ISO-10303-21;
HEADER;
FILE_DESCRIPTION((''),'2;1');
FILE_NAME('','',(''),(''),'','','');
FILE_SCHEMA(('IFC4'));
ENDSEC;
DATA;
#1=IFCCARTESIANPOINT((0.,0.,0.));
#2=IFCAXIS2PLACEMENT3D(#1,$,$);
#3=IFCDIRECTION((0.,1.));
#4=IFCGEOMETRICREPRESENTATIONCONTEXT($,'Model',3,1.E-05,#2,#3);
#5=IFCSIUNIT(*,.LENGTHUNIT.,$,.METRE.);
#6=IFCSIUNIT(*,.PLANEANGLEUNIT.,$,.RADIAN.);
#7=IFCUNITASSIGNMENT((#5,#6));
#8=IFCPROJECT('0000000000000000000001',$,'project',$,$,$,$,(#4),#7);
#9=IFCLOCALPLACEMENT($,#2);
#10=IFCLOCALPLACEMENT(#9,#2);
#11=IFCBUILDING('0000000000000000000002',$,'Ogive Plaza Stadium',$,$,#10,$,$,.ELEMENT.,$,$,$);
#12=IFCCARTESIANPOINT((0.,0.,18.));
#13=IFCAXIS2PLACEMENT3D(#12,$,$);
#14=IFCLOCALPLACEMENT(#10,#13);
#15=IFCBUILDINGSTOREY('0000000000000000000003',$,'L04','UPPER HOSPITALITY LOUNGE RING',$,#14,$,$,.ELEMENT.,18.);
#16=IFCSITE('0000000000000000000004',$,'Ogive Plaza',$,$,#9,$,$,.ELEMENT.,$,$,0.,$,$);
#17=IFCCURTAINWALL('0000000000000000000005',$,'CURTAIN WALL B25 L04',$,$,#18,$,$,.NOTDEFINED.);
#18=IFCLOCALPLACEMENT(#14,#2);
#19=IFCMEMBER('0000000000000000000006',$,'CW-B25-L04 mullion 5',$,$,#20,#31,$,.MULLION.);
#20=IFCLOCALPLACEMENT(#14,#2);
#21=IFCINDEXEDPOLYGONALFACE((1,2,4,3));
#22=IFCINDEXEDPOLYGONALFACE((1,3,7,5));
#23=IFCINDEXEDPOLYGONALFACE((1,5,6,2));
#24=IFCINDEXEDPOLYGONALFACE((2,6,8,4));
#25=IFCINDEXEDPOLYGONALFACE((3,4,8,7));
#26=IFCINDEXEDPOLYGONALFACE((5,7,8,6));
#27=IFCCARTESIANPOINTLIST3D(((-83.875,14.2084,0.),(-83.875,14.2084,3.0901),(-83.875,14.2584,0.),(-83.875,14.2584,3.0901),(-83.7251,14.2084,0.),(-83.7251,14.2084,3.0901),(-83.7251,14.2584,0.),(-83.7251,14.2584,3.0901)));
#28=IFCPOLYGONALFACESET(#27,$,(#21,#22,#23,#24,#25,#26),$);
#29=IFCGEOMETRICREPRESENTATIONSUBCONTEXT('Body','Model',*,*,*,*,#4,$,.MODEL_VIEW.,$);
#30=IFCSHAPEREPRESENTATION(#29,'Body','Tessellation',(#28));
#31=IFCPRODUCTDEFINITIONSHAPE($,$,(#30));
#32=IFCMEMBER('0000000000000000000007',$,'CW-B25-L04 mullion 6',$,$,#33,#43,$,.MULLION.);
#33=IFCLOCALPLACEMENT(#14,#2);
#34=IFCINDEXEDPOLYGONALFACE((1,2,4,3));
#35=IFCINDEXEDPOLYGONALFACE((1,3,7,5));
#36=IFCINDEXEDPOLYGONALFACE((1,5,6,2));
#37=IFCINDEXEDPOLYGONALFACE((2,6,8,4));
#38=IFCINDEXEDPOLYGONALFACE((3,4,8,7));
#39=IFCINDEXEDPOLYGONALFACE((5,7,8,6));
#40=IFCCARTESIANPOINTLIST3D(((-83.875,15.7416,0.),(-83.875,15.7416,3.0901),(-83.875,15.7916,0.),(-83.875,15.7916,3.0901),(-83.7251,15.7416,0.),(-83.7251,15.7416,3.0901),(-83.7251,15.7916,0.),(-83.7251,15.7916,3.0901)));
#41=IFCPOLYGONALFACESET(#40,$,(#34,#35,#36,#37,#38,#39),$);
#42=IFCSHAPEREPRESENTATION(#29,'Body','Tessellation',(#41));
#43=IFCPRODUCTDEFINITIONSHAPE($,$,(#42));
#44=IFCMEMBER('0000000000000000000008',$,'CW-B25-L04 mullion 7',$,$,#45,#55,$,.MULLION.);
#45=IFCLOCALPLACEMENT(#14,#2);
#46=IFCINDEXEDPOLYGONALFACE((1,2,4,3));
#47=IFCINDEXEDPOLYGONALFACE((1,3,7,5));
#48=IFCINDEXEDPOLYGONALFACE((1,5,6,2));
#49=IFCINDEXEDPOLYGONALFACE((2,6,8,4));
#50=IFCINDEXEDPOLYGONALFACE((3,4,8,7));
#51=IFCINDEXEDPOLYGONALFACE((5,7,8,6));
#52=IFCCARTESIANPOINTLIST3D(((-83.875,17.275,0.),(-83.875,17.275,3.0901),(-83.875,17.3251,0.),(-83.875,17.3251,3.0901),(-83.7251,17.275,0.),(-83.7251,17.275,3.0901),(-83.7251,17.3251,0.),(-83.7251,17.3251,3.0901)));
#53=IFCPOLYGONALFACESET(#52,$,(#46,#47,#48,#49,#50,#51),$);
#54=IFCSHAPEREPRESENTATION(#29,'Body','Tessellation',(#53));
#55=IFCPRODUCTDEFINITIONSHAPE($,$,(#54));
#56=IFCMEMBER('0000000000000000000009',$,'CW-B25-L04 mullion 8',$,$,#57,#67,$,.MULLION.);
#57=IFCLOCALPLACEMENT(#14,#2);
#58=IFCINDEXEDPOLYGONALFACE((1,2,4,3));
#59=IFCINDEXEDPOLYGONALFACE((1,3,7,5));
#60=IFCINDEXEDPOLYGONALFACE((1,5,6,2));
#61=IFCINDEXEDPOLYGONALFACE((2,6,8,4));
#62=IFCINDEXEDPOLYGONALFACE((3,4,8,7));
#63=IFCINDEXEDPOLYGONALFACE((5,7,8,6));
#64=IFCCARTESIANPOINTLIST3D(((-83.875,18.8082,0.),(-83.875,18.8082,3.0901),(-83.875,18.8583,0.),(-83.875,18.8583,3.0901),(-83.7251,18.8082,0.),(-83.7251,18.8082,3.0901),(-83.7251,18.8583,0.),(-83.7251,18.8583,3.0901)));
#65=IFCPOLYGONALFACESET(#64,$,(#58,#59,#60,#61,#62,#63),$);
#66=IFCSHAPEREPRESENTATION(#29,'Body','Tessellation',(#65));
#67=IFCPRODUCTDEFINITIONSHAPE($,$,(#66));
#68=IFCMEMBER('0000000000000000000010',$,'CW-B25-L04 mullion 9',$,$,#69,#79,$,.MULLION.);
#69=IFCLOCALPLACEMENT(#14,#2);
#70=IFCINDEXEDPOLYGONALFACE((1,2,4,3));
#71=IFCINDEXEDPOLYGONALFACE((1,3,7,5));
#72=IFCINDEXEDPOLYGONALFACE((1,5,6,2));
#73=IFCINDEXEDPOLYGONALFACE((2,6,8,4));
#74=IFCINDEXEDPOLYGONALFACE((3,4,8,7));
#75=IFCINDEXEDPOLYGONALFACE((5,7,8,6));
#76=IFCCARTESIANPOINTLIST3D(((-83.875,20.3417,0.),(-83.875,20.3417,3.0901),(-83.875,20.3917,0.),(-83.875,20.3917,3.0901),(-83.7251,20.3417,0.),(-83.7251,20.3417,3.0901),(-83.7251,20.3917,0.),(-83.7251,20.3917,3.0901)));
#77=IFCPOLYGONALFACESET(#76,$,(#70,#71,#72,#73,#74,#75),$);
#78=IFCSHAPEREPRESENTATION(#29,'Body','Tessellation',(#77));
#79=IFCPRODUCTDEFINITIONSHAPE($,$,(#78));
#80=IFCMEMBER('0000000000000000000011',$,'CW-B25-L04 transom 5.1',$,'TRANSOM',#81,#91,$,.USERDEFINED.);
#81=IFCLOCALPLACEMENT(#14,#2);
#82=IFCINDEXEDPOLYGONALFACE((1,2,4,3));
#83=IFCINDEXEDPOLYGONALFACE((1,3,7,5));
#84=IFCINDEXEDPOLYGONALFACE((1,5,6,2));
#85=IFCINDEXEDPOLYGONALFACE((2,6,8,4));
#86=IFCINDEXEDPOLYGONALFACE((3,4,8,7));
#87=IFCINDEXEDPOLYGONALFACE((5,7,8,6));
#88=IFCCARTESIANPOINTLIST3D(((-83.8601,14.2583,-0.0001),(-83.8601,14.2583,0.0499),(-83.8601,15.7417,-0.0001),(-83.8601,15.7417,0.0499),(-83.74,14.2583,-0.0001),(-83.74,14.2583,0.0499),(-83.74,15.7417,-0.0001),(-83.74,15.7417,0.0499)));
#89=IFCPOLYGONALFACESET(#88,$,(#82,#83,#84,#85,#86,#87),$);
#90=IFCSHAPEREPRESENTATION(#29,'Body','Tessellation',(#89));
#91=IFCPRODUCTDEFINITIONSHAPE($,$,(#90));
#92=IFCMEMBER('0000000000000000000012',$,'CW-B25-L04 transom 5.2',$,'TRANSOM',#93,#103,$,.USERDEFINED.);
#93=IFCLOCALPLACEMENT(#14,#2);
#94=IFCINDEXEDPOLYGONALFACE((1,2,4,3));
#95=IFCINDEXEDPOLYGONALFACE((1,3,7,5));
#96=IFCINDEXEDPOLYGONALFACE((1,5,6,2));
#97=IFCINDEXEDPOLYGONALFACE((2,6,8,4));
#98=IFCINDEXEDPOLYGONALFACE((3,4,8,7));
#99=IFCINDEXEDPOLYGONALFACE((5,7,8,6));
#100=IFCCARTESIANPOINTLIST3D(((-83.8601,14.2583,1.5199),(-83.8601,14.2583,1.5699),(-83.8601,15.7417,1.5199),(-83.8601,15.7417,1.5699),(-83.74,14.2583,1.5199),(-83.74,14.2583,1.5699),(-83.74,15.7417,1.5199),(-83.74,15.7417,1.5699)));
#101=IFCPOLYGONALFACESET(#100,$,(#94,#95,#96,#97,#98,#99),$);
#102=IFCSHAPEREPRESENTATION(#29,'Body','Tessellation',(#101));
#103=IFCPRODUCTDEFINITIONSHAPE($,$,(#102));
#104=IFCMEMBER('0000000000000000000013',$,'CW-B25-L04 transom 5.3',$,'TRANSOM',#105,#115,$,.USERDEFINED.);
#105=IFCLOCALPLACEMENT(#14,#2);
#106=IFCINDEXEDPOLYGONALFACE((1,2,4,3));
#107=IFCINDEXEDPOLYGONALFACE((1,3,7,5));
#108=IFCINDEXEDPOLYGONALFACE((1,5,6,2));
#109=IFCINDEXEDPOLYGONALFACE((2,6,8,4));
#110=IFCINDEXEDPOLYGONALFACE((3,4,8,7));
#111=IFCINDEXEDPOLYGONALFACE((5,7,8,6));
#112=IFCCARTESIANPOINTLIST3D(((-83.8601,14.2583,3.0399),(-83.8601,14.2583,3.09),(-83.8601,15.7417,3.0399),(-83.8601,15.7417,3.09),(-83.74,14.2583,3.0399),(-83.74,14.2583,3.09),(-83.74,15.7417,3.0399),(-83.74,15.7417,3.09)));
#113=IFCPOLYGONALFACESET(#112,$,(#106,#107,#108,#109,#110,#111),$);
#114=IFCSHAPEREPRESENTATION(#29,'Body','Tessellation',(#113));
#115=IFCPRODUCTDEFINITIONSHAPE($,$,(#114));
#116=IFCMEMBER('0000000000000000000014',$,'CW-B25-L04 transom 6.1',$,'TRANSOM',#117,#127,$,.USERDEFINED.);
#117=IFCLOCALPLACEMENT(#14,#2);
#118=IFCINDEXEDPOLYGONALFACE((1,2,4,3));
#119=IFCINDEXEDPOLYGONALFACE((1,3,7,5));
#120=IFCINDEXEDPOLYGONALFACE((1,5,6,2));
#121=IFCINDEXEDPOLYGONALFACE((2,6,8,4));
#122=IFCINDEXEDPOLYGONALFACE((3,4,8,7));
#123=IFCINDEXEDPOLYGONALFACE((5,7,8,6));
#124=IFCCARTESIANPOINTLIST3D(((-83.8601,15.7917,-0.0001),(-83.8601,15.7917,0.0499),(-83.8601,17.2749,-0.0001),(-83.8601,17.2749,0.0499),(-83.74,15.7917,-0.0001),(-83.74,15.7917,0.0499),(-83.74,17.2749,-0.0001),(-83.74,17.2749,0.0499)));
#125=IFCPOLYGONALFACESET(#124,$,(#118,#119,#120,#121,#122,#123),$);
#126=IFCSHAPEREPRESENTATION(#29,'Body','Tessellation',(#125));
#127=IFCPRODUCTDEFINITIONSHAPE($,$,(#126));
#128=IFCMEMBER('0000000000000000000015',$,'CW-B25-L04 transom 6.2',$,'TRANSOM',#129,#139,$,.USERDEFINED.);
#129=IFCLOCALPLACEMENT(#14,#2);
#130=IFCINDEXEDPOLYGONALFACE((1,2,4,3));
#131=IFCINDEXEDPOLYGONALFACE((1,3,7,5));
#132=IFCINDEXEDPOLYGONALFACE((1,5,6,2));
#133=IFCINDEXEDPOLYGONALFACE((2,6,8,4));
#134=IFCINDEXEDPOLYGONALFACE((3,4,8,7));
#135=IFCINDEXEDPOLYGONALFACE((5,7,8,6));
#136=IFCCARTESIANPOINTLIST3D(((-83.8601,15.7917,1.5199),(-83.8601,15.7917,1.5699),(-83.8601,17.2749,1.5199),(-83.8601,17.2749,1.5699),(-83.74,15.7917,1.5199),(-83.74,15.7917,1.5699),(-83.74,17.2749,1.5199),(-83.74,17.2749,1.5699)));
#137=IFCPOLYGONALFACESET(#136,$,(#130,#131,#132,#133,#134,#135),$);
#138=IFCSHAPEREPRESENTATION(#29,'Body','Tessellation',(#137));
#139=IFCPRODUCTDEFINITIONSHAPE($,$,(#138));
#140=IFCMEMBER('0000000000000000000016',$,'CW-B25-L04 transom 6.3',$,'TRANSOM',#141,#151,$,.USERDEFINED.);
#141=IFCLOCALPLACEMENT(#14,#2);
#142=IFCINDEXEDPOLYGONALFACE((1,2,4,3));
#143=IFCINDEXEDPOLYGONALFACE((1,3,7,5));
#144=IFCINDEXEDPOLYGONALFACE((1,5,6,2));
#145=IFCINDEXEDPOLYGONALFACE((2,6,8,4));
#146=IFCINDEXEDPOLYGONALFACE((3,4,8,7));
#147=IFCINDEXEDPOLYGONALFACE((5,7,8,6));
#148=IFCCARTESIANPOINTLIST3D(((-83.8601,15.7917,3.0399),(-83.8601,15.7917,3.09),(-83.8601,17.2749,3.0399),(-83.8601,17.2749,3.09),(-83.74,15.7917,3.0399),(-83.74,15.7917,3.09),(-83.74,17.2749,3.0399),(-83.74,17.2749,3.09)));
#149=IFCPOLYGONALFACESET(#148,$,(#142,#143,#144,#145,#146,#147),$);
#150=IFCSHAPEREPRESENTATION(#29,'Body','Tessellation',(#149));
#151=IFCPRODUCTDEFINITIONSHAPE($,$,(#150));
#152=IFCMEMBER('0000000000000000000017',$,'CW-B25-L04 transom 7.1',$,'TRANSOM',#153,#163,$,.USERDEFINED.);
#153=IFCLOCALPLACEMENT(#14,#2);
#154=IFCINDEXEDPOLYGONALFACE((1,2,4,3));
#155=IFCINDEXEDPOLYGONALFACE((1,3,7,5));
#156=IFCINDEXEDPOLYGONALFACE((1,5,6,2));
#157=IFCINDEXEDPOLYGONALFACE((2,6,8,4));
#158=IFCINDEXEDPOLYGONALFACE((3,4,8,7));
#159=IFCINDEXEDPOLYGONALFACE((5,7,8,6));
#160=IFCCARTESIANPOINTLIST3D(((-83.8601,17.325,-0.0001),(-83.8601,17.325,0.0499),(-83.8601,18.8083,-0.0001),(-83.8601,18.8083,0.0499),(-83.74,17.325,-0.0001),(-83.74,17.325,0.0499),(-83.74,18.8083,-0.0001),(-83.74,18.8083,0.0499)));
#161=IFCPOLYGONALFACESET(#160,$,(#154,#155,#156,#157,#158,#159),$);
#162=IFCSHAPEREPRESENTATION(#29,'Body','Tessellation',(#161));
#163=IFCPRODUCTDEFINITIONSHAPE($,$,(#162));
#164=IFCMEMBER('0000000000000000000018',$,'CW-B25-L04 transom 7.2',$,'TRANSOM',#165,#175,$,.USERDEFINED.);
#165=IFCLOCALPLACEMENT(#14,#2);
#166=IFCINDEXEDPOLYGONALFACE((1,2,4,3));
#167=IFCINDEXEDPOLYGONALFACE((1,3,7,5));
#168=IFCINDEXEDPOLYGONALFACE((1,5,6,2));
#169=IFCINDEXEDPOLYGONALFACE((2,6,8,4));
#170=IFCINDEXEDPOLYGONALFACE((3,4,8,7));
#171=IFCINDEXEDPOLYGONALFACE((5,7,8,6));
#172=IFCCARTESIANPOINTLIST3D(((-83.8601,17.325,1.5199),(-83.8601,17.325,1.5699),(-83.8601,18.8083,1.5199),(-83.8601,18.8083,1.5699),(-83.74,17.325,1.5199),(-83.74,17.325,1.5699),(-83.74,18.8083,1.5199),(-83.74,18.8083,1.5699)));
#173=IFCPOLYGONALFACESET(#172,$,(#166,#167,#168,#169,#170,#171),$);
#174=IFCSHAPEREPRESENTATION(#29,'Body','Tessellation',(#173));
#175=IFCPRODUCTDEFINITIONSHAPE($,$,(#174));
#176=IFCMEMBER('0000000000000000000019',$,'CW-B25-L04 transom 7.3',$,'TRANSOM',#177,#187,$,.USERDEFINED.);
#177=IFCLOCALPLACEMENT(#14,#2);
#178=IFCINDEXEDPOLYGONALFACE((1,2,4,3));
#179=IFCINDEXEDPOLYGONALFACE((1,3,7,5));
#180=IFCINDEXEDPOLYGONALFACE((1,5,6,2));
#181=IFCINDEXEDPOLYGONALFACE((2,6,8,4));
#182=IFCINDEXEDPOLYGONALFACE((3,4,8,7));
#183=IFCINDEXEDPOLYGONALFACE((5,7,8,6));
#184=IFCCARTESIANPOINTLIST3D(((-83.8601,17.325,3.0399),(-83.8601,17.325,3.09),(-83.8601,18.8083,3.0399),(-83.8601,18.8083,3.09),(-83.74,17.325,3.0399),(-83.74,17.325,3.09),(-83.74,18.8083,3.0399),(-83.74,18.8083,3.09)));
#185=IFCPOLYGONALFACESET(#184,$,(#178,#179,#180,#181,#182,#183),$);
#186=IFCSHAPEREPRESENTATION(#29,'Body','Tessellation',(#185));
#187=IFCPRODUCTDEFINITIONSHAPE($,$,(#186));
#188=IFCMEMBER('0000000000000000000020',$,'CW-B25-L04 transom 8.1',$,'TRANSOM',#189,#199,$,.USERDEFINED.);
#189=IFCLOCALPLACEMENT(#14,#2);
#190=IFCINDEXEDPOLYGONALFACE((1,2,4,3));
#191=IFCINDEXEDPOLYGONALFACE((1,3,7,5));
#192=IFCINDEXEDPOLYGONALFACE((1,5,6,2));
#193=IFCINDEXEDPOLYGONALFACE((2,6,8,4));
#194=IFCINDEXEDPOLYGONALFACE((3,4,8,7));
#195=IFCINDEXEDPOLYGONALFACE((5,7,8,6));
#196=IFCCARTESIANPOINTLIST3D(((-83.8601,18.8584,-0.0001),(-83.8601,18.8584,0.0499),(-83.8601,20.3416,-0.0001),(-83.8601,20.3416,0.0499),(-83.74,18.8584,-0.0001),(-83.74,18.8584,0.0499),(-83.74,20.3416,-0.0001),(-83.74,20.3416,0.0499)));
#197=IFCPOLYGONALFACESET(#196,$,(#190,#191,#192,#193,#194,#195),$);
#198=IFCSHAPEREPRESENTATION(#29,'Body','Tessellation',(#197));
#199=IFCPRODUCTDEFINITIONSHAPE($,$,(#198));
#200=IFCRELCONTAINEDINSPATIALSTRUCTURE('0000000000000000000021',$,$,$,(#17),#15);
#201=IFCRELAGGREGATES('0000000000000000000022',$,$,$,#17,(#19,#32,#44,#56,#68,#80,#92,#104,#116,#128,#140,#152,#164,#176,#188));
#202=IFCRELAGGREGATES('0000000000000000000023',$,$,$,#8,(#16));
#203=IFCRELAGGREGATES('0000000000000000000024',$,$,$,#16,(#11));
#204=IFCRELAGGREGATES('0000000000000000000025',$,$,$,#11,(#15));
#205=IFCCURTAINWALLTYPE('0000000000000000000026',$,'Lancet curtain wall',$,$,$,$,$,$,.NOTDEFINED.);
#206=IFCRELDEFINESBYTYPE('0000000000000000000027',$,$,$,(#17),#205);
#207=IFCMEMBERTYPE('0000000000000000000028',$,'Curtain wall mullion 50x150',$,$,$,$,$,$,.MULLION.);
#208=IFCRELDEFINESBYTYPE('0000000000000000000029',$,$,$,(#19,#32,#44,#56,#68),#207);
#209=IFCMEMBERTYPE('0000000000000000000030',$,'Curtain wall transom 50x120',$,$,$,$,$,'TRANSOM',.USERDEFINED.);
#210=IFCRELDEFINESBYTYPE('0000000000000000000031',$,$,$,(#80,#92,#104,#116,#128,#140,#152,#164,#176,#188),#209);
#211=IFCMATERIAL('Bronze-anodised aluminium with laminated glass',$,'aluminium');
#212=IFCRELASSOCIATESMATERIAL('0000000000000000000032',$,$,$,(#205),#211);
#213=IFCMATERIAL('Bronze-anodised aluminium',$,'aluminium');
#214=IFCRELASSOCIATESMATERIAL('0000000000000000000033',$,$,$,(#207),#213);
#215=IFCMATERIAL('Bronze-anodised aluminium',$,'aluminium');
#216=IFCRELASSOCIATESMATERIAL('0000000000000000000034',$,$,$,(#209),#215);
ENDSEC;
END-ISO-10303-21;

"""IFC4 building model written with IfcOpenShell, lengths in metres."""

from ifc_helpers import new_model, si_unit, direction, frame, origin, origin_2d, place, context, subcontext, project, spatial, rectangle, extrude, material, material_profile, profile_set, type_object, element, aggregate, save


model = new_model("IFC4")

# Units and contexts
model_context = context("Model", 3, precision=1e-05, world=origin(), true_north=direction((0.0, 1.0)))
body_context = subcontext(model_context, "Body", "Model", "MODEL_VIEW")
ifc_project = project(units=[si_unit("LENGTHUNIT", "METRE"), si_unit("PLANEANGLEUNIT", "RADIAN")], contexts=[model_context])

# Site, building, storey
site_placement = place(None, origin())
site = spatial("IfcSite", under=ifc_project, at=site_placement, Name="Ogive Plaza", CompositionType="ELEMENT", RefElevation=0.0)
building_placement = place(site_placement, origin())
building = spatial("IfcBuilding", under=site, at=building_placement, Name="Ogive Plaza Stadium", CompositionType="ELEMENT")
storey_placement = place(building_placement, frame((0.0, 0.0, 18.0)))
storey = spatial("IfcBuildingStorey", under=building, at=storey_placement, Name="L04", Description="UPPER HOSPITALITY LOUNGE RING", CompositionType="ELEMENT", Elevation=18.0)

# Curtain wall, members
ifc_material_1 = material(Name="Bronze-anodised aluminium with laminated glass", Category="aluminium")
curtain_wall_type = type_object("IfcCurtainWallType", Name="Lancet curtain wall", PredefinedType="NOTDEFINED", material=ifc_material_1)
curtain_wall_placement = place(storey_placement, origin())
curtain_wall = element("IfcCurtainWall", 1, at=curtain_wall_placement, inside=storey, type_object=curtain_wall_type, Name="CURTAIN WALL B25 L04", PredefinedType="NOTDEFINED")
ifc_material_2 = material(Name="Bronze-anodised aluminium", Category="aluminium")
ifc_material_profile_1 = material_profile(ifc_material_2, rectangle(XDim=0.1499, YDim=0.05, at=origin_2d()), Name="AL 150x50")
ifc_profile_set_1 = profile_set([ifc_material_profile_1], Name="Bronze-anodised aluminium")
member_type_1 = type_object("IfcMemberType", Name="Curtain wall mullion 50x150", PredefinedType="MULLION", material=ifc_profile_set_1)
member_1_placement = place(storey_placement, frame((-83.8, 14.2334, 0.0), z_axis=(0.0, 0.0, 1.0), x_axis=(-1.0, 0.0, 0.0)))
member_1 = element("IfcMember", 2, at=member_1_placement, type_object=member_type_1, Name="CW-B25-L04 mullion 5", PredefinedType="MULLION", context=body_context, shape_type="SweptSolid", body=[
    extrude(rectangle(XDim=0.1499, YDim=0.05, at=origin_2d()), origin(), (0.0, 0.0, 1.0), 3.0901),
])
member_2_placement = place(storey_placement, frame((-83.8, 15.7666, 0.0), z_axis=(0.0, 0.0, 1.0), x_axis=(-1.0, 0.0, 0.0)))
member_2 = element("IfcMember", 3, at=member_2_placement, type_object=member_type_1, Name="CW-B25-L04 mullion 6", PredefinedType="MULLION", context=body_context, shape_type="SweptSolid", body=[
    extrude(rectangle(XDim=0.1499, YDim=0.05, at=origin_2d()), origin(), (0.0, 0.0, 1.0), 3.0901),
])
member_3_placement = place(storey_placement, frame((-83.8, 17.3, 0.0), z_axis=(0.0, 0.0, 1.0), x_axis=(-1.0, 0.0, 0.0)))
member_3 = element("IfcMember", 4, at=member_3_placement, type_object=member_type_1, Name="CW-B25-L04 mullion 7", PredefinedType="MULLION", context=body_context, shape_type="SweptSolid", body=[
    extrude(rectangle(XDim=0.1499, YDim=0.05, at=origin_2d()), origin(), (0.0, 0.0, 1.0), 3.0901),
])
member_4_placement = place(storey_placement, frame((-83.8, 18.8333, 0.0), z_axis=(0.0, 0.0, 1.0), x_axis=(-1.0, 0.0, 0.0)))
member_4 = element("IfcMember", 5, at=member_4_placement, type_object=member_type_1, Name="CW-B25-L04 mullion 8", PredefinedType="MULLION", context=body_context, shape_type="SweptSolid", body=[
    extrude(rectangle(XDim=0.1499, YDim=0.05, at=origin_2d()), origin(), (0.0, 0.0, 1.0), 3.0901),
])
member_5_placement = place(storey_placement, frame((-83.8, 20.3667, 0.0), z_axis=(0.0, 0.0, 1.0), x_axis=(-1.0, 0.0, 0.0)))
member_5 = element("IfcMember", 6, at=member_5_placement, type_object=member_type_1, Name="CW-B25-L04 mullion 9", PredefinedType="MULLION", context=body_context, shape_type="SweptSolid", body=[
    extrude(rectangle(XDim=0.1499, YDim=0.05, at=origin_2d()), origin(), (0.0, 0.0, 1.0), 3.0901),
])
ifc_material_3 = material(Name="Bronze-anodised aluminium", Category="aluminium")
ifc_material_profile_2 = material_profile(ifc_material_3, rectangle(XDim=0.1201, YDim=0.05, at=origin_2d()), Name="AL 120x50")
ifc_profile_set_2 = profile_set([ifc_material_profile_2], Name="Bronze-anodised aluminium")
member_type_2 = type_object("IfcMemberType", Name="Curtain wall transom 50x120", ElementType="TRANSOM", PredefinedType="USERDEFINED", material=ifc_profile_set_2)
member_6_placement = place(storey_placement, frame((-83.8, 14.2583, 0.0249), z_axis=(0.0, 1.0, 0.0), x_axis=(-1.0, 0.0, 0.0)))
member_6 = element("IfcMember", 7, at=member_6_placement, type_object=member_type_2, Name="CW-B25-L04 transom 5.1", ObjectType="TRANSOM", PredefinedType="USERDEFINED", context=body_context, shape_type="SweptSolid", body=[
    extrude(rectangle(XDim=0.1201, YDim=0.05, at=origin_2d()), origin(), (0.0, 0.0, 1.0), 1.4834),
])
member_7_placement = place(storey_placement, frame((-83.8, 14.2583, 1.5449), z_axis=(0.0, 1.0, 0.0), x_axis=(-1.0, 0.0, 0.0)))
member_7 = element("IfcMember", 8, at=member_7_placement, type_object=member_type_2, Name="CW-B25-L04 transom 5.2", ObjectType="TRANSOM", PredefinedType="USERDEFINED", context=body_context, shape_type="SweptSolid", body=[
    extrude(rectangle(XDim=0.1201, YDim=0.05, at=origin_2d()), origin(), (0.0, 0.0, 1.0), 1.4834),
])
member_8_placement = place(storey_placement, frame((-83.8, 14.2583, 3.0649), z_axis=(0.0, 1.0, 0.0), x_axis=(-1.0, 0.0, 0.0)))
member_8 = element("IfcMember", 9, at=member_8_placement, type_object=member_type_2, Name="CW-B25-L04 transom 5.3", ObjectType="TRANSOM", PredefinedType="USERDEFINED", context=body_context, shape_type="SweptSolid", body=[
    extrude(rectangle(XDim=0.1201, YDim=0.05, at=origin_2d()), origin(), (0.0, 0.0, 1.0), 1.4834),
])
member_9_placement = place(storey_placement, frame((-83.8, 15.7917, 0.0249), z_axis=(0.0, 1.0, 0.0), x_axis=(-1.0, 0.0, 0.0)))
member_9 = element("IfcMember", 10, at=member_9_placement, type_object=member_type_2, Name="CW-B25-L04 transom 6.1", ObjectType="TRANSOM", PredefinedType="USERDEFINED", context=body_context, shape_type="SweptSolid", body=[
    extrude(rectangle(XDim=0.1201, YDim=0.05, at=origin_2d()), origin(), (0.0, 0.0, 1.0), 1.4832),
])
member_10_placement = place(storey_placement, frame((-83.8, 15.7917, 1.5449), z_axis=(0.0, 1.0, 0.0), x_axis=(-1.0, 0.0, 0.0)))
member_10 = element("IfcMember", 11, at=member_10_placement, type_object=member_type_2, Name="CW-B25-L04 transom 6.2", ObjectType="TRANSOM", PredefinedType="USERDEFINED", context=body_context, shape_type="SweptSolid", body=[
    extrude(rectangle(XDim=0.1201, YDim=0.05, at=origin_2d()), origin(), (0.0, 0.0, 1.0), 1.4832),
])
member_11_placement = place(storey_placement, frame((-83.8, 15.7917, 3.0649), z_axis=(0.0, 1.0, 0.0), x_axis=(-1.0, 0.0, 0.0)))
member_11 = element("IfcMember", 12, at=member_11_placement, type_object=member_type_2, Name="CW-B25-L04 transom 6.3", ObjectType="TRANSOM", PredefinedType="USERDEFINED", context=body_context, shape_type="SweptSolid", body=[
    extrude(rectangle(XDim=0.1201, YDim=0.05, at=origin_2d()), origin(), (0.0, 0.0, 1.0), 1.4832),
])
member_12_placement = place(storey_placement, frame((-83.8, 17.325, 0.0249), z_axis=(0.0, 1.0, 0.0), x_axis=(-1.0, 0.0, 0.0)))
member_12 = element("IfcMember", 13, at=member_12_placement, type_object=member_type_2, Name="CW-B25-L04 transom 7.1", ObjectType="TRANSOM", PredefinedType="USERDEFINED", context=body_context, shape_type="SweptSolid", body=[
    extrude(rectangle(XDim=0.1201, YDim=0.05, at=origin_2d()), origin(), (0.0, 0.0, 1.0), 1.4834),
])
member_13_placement = place(storey_placement, frame((-83.8, 17.325, 1.5449), z_axis=(0.0, 1.0, 0.0), x_axis=(-1.0, 0.0, 0.0)))
member_13 = element("IfcMember", 14, at=member_13_placement, type_object=member_type_2, Name="CW-B25-L04 transom 7.2", ObjectType="TRANSOM", PredefinedType="USERDEFINED", context=body_context, shape_type="SweptSolid", body=[
    extrude(rectangle(XDim=0.1201, YDim=0.05, at=origin_2d()), origin(), (0.0, 0.0, 1.0), 1.4834),
])
member_14_placement = place(storey_placement, frame((-83.8, 17.325, 3.0649), z_axis=(0.0, 1.0, 0.0), x_axis=(-1.0, 0.0, 0.0)))
member_14 = element("IfcMember", 15, at=member_14_placement, type_object=member_type_2, Name="CW-B25-L04 transom 7.3", ObjectType="TRANSOM", PredefinedType="USERDEFINED", context=body_context, shape_type="SweptSolid", body=[
    extrude(rectangle(XDim=0.1201, YDim=0.05, at=origin_2d()), origin(), (0.0, 0.0, 1.0), 1.4834),
])
member_15_placement = place(storey_placement, frame((-83.8, 18.8584, 0.0249), z_axis=(0.0, 1.0, 0.0), x_axis=(-1.0, 0.0, 0.0)))
member_15 = element("IfcMember", 16, at=member_15_placement, type_object=member_type_2, Name="CW-B25-L04 transom 8.1", ObjectType="TRANSOM", PredefinedType="USERDEFINED", context=body_context, shape_type="SweptSolid", body=[
    extrude(rectangle(XDim=0.1201, YDim=0.05, at=origin_2d()), origin(), (0.0, 0.0, 1.0), 1.4832),
])
aggregate(curtain_wall, [member_1, member_2, member_3, member_4, member_5, member_6, member_7, member_8, member_9, member_10, member_11, member_12, member_13, member_14, member_15])

save(model, "model.ifc")
